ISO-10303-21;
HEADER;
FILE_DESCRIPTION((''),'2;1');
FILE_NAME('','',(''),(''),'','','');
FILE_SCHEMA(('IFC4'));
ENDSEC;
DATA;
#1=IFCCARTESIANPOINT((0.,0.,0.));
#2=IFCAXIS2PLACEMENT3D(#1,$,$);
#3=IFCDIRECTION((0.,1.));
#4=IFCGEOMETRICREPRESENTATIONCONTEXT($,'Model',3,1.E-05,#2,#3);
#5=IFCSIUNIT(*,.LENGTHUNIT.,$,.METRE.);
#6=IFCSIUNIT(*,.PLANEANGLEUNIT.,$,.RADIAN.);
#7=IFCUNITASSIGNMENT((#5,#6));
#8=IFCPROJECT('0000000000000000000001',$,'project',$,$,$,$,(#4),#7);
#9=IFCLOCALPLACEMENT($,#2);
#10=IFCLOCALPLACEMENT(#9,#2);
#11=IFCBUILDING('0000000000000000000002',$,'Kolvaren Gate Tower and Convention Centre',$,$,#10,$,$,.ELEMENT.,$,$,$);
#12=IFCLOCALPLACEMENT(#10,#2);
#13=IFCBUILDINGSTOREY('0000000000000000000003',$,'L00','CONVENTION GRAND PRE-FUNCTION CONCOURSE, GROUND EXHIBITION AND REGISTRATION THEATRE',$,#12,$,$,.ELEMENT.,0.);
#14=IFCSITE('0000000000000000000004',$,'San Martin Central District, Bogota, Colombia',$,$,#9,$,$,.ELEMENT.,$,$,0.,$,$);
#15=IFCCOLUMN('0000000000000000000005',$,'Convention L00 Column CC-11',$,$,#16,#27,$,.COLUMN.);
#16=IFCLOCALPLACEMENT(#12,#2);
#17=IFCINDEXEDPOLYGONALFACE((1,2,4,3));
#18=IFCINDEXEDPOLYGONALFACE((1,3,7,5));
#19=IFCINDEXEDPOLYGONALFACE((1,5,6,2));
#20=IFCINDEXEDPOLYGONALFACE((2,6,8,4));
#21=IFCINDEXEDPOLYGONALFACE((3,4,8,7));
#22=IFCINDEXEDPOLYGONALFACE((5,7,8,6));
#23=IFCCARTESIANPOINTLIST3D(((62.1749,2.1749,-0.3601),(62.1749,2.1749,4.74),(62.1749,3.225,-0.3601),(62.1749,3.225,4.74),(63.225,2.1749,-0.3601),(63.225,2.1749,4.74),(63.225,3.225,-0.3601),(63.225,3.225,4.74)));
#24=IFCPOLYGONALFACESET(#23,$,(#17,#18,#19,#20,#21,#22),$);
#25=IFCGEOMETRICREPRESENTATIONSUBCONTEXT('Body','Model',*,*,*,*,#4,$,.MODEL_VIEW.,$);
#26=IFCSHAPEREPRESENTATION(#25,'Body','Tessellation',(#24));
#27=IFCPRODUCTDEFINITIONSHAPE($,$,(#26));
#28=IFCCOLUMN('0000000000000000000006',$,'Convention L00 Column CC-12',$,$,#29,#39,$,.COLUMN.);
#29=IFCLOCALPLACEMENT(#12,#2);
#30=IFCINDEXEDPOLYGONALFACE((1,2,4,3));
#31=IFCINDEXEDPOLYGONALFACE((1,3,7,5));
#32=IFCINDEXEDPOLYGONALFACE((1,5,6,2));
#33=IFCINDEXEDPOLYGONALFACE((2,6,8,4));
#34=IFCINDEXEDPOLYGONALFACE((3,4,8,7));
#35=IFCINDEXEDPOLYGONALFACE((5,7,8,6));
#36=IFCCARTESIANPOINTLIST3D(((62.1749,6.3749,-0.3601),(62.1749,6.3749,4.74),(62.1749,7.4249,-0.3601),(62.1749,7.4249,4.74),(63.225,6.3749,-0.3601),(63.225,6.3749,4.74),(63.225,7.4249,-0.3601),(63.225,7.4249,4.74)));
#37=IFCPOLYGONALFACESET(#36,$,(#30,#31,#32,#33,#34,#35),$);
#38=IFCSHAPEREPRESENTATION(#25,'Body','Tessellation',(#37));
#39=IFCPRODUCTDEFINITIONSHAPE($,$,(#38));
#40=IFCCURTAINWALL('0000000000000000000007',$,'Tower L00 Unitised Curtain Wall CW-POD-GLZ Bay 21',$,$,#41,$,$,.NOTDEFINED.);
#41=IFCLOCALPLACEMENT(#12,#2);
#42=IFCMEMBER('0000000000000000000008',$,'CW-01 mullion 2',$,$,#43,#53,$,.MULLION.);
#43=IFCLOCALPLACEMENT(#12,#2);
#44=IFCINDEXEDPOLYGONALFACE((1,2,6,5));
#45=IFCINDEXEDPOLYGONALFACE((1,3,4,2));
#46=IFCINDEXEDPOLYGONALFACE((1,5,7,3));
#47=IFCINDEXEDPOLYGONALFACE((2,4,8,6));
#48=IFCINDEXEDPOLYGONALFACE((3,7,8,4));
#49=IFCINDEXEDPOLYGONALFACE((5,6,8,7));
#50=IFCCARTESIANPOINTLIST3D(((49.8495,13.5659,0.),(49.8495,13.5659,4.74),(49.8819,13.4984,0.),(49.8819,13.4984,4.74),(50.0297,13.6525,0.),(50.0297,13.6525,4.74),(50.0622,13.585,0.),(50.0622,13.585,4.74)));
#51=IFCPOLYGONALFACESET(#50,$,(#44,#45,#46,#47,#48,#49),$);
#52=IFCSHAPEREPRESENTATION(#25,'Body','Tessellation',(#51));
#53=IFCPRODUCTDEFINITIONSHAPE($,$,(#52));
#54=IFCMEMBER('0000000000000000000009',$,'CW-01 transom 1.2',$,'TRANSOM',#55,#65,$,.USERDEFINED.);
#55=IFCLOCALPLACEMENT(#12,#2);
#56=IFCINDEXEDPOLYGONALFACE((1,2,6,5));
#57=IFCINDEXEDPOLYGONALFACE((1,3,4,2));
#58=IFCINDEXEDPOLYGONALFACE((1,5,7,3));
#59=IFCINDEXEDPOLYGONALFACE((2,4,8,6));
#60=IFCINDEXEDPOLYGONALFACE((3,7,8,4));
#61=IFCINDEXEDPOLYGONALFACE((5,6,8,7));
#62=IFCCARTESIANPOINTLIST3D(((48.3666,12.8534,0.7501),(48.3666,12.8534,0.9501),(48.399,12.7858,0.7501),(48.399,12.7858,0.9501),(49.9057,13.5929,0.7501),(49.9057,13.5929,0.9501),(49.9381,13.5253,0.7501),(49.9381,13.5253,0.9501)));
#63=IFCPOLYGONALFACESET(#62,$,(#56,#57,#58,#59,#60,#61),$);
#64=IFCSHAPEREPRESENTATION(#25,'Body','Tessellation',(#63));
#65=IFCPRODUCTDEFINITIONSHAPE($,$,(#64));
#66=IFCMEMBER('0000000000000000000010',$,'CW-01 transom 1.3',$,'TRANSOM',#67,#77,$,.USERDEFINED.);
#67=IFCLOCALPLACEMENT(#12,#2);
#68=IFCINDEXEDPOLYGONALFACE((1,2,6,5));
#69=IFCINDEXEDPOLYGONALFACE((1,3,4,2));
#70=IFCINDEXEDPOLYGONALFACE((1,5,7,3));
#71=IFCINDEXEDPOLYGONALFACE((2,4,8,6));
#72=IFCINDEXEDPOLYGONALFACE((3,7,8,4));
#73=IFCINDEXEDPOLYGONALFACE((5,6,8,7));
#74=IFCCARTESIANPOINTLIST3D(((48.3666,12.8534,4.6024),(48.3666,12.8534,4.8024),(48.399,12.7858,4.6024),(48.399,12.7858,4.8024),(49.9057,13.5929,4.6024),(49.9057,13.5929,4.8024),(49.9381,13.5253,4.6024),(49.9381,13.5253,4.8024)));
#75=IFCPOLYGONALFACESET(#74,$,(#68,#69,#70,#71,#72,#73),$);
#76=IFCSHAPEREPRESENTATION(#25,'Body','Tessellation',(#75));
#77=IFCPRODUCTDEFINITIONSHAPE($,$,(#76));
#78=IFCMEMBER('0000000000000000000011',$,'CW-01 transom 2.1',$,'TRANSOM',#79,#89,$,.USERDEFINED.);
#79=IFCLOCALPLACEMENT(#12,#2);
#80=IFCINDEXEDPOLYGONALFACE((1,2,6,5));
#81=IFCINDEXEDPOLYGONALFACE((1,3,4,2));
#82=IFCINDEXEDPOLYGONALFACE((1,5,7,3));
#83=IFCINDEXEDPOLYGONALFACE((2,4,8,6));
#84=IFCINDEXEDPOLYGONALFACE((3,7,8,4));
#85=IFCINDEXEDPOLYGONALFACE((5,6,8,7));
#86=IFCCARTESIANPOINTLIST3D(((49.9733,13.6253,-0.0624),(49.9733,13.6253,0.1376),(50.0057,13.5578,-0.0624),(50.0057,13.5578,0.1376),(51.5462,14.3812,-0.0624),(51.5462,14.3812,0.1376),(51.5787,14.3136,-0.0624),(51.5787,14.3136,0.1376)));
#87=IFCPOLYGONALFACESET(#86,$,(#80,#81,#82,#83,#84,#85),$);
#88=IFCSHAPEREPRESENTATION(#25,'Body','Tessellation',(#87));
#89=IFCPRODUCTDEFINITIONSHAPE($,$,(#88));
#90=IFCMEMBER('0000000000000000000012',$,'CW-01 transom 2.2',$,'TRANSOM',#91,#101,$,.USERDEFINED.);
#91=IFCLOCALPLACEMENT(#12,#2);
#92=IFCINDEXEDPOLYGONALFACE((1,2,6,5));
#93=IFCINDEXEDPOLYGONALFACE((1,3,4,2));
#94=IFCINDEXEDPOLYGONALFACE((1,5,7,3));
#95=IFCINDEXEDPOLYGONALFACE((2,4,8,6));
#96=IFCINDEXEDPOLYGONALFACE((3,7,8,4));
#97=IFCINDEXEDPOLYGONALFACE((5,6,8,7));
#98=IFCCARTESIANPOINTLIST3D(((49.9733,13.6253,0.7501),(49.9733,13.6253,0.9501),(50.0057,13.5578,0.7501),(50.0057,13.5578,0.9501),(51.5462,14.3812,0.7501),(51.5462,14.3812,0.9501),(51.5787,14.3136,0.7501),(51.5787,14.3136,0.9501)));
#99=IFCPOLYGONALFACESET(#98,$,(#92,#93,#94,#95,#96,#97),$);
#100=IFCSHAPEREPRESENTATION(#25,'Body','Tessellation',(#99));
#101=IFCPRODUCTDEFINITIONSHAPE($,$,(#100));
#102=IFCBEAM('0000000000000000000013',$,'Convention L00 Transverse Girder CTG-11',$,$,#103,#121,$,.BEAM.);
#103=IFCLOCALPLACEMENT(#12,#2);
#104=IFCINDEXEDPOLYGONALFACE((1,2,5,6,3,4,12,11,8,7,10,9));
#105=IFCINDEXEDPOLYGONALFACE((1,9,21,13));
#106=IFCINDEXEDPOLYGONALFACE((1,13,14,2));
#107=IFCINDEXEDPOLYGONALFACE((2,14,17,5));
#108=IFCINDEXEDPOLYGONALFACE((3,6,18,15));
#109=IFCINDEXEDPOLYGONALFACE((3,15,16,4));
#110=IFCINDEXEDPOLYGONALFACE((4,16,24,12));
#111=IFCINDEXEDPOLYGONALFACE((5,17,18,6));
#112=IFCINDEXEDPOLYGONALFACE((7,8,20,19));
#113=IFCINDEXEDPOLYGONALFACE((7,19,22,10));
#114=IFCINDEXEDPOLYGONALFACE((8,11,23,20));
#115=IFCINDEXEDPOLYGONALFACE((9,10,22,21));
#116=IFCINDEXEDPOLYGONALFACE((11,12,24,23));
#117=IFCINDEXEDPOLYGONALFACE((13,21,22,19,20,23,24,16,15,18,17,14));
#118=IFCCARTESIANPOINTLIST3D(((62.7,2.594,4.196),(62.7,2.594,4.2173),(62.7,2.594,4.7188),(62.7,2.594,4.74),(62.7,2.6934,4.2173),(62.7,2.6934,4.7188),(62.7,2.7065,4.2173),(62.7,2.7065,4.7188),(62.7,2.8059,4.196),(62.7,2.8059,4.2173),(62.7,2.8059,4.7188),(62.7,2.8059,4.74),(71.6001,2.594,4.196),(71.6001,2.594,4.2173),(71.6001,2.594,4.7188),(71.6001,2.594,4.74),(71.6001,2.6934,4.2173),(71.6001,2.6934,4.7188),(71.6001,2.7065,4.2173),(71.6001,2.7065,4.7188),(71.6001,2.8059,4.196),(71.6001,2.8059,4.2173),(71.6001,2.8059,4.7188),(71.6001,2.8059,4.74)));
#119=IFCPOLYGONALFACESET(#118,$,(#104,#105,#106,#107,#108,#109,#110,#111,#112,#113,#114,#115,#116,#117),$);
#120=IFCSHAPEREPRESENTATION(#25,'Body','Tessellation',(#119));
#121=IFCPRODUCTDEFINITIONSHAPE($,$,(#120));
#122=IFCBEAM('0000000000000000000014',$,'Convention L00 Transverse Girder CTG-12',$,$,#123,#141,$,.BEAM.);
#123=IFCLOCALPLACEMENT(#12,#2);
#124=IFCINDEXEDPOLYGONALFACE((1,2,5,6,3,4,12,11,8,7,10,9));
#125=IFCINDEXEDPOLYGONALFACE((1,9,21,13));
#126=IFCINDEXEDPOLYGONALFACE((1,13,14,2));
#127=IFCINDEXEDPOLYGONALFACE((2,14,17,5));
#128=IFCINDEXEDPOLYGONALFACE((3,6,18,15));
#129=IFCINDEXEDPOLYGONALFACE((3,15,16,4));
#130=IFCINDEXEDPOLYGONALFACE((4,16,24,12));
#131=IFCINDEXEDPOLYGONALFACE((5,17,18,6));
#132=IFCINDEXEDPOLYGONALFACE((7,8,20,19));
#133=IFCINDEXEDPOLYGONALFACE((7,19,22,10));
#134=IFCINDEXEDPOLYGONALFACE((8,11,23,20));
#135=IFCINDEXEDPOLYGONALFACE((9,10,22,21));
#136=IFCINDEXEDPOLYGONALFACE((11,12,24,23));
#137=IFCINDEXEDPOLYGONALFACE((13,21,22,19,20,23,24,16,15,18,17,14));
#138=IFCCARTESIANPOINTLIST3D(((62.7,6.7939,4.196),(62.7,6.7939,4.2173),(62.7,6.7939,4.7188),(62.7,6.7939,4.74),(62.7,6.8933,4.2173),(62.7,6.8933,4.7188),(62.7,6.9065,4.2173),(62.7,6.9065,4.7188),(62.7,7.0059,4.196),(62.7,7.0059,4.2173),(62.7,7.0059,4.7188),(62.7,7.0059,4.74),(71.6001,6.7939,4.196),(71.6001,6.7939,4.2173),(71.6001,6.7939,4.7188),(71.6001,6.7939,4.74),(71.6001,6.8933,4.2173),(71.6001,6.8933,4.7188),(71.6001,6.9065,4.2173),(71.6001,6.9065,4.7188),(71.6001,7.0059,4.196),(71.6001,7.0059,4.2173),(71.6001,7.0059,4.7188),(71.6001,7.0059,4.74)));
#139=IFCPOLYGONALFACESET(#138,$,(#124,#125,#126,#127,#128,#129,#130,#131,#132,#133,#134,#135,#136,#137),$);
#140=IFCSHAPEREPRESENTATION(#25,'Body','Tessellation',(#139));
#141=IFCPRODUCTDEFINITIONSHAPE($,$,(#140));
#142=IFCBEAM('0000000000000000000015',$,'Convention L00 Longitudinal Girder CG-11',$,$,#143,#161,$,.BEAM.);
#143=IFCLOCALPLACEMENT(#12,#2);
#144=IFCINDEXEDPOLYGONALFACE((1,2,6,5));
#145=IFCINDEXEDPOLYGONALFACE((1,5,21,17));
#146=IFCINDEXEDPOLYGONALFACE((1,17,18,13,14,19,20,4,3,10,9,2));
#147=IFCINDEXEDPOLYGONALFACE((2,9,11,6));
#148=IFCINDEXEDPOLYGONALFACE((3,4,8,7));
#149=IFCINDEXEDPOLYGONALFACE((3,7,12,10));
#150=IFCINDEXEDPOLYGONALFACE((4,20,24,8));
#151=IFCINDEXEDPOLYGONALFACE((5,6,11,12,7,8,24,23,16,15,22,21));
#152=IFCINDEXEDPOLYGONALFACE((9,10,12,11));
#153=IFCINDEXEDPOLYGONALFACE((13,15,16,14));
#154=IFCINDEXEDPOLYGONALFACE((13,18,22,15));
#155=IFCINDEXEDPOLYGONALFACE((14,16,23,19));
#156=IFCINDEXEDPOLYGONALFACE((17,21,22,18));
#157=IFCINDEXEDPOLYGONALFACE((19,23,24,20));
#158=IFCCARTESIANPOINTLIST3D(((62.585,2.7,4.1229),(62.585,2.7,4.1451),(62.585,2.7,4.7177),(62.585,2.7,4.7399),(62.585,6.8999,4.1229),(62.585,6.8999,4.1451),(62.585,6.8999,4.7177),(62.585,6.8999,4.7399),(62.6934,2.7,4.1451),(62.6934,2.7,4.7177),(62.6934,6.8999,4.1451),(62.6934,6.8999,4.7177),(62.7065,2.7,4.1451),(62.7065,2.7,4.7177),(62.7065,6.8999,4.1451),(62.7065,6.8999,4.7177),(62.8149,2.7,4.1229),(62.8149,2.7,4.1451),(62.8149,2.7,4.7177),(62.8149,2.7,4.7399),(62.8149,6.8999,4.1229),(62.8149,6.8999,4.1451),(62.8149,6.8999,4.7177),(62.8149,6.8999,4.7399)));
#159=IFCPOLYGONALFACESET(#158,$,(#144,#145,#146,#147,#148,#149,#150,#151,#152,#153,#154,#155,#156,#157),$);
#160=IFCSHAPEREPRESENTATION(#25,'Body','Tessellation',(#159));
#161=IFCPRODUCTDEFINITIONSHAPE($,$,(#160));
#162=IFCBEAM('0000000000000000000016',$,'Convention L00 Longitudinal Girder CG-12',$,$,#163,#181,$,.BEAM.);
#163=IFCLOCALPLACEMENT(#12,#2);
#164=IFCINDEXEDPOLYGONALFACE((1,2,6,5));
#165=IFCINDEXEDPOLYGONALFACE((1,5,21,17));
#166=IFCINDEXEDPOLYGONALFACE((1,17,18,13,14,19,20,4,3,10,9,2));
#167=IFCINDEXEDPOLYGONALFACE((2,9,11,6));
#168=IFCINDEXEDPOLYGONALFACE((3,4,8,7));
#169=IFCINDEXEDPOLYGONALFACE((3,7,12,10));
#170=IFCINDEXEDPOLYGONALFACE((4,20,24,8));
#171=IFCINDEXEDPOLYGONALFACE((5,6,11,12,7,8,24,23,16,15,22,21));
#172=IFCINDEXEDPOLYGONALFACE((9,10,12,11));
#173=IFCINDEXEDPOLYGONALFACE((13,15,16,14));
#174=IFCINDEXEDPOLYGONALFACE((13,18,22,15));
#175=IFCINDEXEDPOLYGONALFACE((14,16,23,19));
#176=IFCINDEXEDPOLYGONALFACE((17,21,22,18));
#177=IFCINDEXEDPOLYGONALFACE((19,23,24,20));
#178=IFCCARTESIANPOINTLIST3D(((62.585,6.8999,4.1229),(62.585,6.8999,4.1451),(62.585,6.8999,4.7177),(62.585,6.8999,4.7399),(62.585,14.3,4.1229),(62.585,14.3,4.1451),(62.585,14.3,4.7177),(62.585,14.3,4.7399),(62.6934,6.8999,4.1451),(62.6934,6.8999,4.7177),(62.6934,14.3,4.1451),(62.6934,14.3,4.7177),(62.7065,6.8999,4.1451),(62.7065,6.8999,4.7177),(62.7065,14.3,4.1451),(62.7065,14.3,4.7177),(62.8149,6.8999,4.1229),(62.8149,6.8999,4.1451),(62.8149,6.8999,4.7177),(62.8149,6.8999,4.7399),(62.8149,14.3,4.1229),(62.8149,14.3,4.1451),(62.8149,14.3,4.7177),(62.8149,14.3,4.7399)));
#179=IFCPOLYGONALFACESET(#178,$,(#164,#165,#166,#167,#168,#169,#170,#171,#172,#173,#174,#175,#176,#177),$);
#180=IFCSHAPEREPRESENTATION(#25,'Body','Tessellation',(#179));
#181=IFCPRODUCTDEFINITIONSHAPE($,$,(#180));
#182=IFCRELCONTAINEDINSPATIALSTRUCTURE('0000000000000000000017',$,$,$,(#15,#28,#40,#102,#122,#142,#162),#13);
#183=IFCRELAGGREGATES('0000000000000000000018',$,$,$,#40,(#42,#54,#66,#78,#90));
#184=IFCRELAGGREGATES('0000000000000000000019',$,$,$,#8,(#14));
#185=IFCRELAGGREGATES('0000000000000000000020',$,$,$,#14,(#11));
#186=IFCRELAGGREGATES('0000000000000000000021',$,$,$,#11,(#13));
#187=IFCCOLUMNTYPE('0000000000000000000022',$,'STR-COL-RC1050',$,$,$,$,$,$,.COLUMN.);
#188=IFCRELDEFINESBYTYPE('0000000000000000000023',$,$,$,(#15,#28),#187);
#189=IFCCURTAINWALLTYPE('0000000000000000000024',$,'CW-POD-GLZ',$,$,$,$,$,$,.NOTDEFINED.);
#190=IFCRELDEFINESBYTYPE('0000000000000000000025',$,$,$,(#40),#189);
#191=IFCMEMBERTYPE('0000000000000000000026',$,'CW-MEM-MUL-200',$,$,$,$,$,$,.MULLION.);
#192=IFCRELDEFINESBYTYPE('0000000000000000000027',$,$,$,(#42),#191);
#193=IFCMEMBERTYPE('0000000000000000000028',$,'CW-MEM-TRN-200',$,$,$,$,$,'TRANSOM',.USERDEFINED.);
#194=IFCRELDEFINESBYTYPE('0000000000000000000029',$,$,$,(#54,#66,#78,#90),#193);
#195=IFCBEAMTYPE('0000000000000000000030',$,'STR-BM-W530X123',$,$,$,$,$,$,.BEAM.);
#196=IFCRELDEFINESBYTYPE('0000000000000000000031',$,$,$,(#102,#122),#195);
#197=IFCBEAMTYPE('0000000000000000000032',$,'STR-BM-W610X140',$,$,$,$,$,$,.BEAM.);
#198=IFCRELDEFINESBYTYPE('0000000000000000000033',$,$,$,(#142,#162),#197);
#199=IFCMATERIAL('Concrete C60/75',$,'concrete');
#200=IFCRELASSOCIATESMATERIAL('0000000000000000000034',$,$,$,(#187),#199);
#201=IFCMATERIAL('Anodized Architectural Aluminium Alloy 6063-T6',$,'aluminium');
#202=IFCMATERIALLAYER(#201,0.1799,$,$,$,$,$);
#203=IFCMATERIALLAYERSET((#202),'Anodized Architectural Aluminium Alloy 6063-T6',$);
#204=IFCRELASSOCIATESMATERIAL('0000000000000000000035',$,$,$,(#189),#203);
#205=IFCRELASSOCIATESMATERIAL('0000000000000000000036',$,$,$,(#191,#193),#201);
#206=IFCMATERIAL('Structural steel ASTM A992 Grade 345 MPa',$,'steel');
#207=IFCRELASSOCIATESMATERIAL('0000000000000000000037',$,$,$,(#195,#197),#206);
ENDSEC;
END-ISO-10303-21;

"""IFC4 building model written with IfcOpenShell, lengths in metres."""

from ifc_helpers import new_model, si_unit, direction, frame, origin, origin_2d, place, context, subcontext, project, spatial, rectangle, i_section, extrude, material, layer, layer_set, material_profile, profile_set, type_object, element, aggregate, save


model = new_model("IFC4")

# Units and contexts
model_context = context("Model", 3, precision=1e-05, world=origin(), true_north=direction((0.0, 1.0)))
body_context = subcontext(model_context, "Body", "Model", "MODEL_VIEW")
ifc_project = project(units=[si_unit("LENGTHUNIT", "METRE"), si_unit("PLANEANGLEUNIT", "RADIAN")], contexts=[model_context])

# Site, building, storey
site_placement = place(None, origin())
site = spatial("IfcSite", under=ifc_project, at=site_placement, Name="San Martin Central District, Bogota, Colombia", CompositionType="ELEMENT", RefElevation=0.0)
building_placement = place(site_placement, origin())
building = spatial("IfcBuilding", under=site, at=building_placement, Name="Kolvaren Gate Tower and Convention Centre", CompositionType="ELEMENT")
storey_placement = place(building_placement, origin())
storey = spatial("IfcBuildingStorey", under=building, at=storey_placement, Name="L00", Description="CONVENTION GRAND PRE-FUNCTION CONCOURSE, GROUND EXHIBITION AND REGISTRATION THEATRE", CompositionType="ELEMENT", Elevation=0.0)

# Columns
ifc_material_1 = material(Name="Concrete C60/75", Category="concrete")
ifc_material_profile_1 = material_profile(ifc_material_1, rectangle(XDim=1.05, YDim=1.05, at=origin_2d()), Name="RC-COL-1050X1050")
ifc_profile_set_1 = profile_set([ifc_material_profile_1], Name="Concrete C60/75")
column_type = type_object("IfcColumnType", Name="STR-COL-RC1050", PredefinedType="COLUMN", material=ifc_profile_set_1)
for number, where, z_axis, x_axis, name in (
    (1, (62.7, 2.7, -0.3601), (0.0, 0.0, 1.0), (1.0, 0.0, 0.0), "Convention L00 Column CC-11"),
    (2, (62.7, 6.8999, -0.3601), (0.0, 0.0, 1.0), (1.0, 0.0, 0.0), "Convention L00 Column CC-12"),
):
    element("IfcColumn", number, at=place(storey_placement, frame(where, z_axis=z_axis, x_axis=x_axis)), inside=storey, type_object=column_type, Name=name, PredefinedType="COLUMN", context=body_context, shape_type="SweptSolid", body=[
        extrude(rectangle(XDim=1.05, YDim=1.05, at=origin_2d()), origin(), (0.0, 0.0, 1.0), 5.1001),
    ])

# Curtain wall, members
ifc_material_2 = material(Name="Anodized Architectural Aluminium Alloy 6063-T6", Category="aluminium")
ifc_layer_1 = layer(ifc_material_2, 0.1799)
ifc_layer_set_1 = layer_set([ifc_layer_1], Name="Anodized Architectural Aluminium Alloy 6063-T6")
curtain_wall_type = type_object("IfcCurtainWallType", Name="CW-POD-GLZ", PredefinedType="NOTDEFINED", material=ifc_layer_set_1)
curtain_wall_placement = place(storey_placement, origin())
curtain_wall = element("IfcCurtainWall", 3, at=curtain_wall_placement, inside=storey, type_object=curtain_wall_type, Name="Tower L00 Unitised Curtain Wall CW-POD-GLZ Bay 21", PredefinedType="NOTDEFINED")
ifc_material_profile_2 = material_profile(ifc_material_2, rectangle(XDim=0.075, YDim=0.2, at=origin_2d()), Name="CW-MEM-MUL-200")
ifc_profile_set_2 = profile_set([ifc_material_profile_2], Name="Anodized Architectural Aluminium Alloy 6063-T6")
member_type_1 = type_object("IfcMemberType", Name="CW-MEM-MUL-200", PredefinedType="MULLION", material=ifc_profile_set_2)
member_1_placement = place(storey_placement, frame((49.9558, 13.5754, 0.0), z_axis=(0.0, 0.0, 1.0), x_axis=(-0.433063, 0.901364, 0.0)))
member_1 = element("IfcMember", 4, at=member_1_placement, type_object=member_type_1, Name="CW-01 mullion 2", PredefinedType="MULLION", context=body_context, shape_type="SweptSolid", body=[
    extrude(rectangle(XDim=0.075, YDim=0.2, at=origin_2d()), origin(), (0.0, 0.0, 1.0), 4.74),
])
ifc_material_profile_3 = material_profile(ifc_material_2, rectangle(XDim=0.075, YDim=0.2, at=origin_2d()), Name="CW-MEM-TRN-200")
ifc_profile_set_3 = profile_set([ifc_material_profile_3], Name="Anodized Architectural Aluminium Alloy 6063-T6")
member_type_2 = type_object("IfcMemberType", Name="CW-MEM-TRN-200", ElementType="TRANSOM", PredefinedType="USERDEFINED", material=ifc_profile_set_3)
member_2_placement = place(storey_placement, frame((48.3828, 12.8196, 0.8501), z_axis=(0.901351, 0.433089, 0.0), x_axis=(-0.433089, 0.901351, 0.0)))
member_2 = element("IfcMember", 5, at=member_2_placement, type_object=member_type_2, Name="CW-01 transom 1.2", ObjectType="TRANSOM", PredefinedType="USERDEFINED", context=body_context, shape_type="SweptSolid", body=[
    extrude(rectangle(XDim=0.075, YDim=0.2, at=origin_2d()), origin(), (0.0, 0.0, 1.0), 1.7075),
])
member_3_placement = place(storey_placement, frame((48.3828, 12.8196, 4.7024), z_axis=(0.901351, 0.433089, 0.0), x_axis=(-0.433089, 0.901351, 0.0)))
member_3 = element("IfcMember", 6, at=member_3_placement, type_object=member_type_2, Name="CW-01 transom 1.3", ObjectType="TRANSOM", PredefinedType="USERDEFINED", context=body_context, shape_type="SweptSolid", body=[
    extrude(rectangle(XDim=0.075, YDim=0.2, at=origin_2d()), origin(), (0.0, 0.0, 1.0), 1.7075),
])
member_4_placement = place(storey_placement, frame((49.9895, 13.5916, 0.0376), z_axis=(0.90134, 0.433113, 0.0), x_axis=(-0.433113, 0.90134, 0.0)))
member_4 = element("IfcMember", 7, at=member_4_placement, type_object=member_type_2, Name="CW-01 transom 2.1", ObjectType="TRANSOM", PredefinedType="USERDEFINED", context=body_context, shape_type="SweptSolid", body=[
    extrude(rectangle(XDim=0.075, YDim=0.2, at=origin_2d()), origin(), (0.0, 0.0, 1.0), 1.7451),
])
member_5_placement = place(storey_placement, frame((49.9895, 13.5916, 0.8501), z_axis=(0.90134, 0.433113, 0.0), x_axis=(-0.433113, 0.90134, 0.0)))
member_5 = element("IfcMember", 8, at=member_5_placement, type_object=member_type_2, Name="CW-01 transom 2.2", ObjectType="TRANSOM", PredefinedType="USERDEFINED", context=body_context, shape_type="SweptSolid", body=[
    extrude(rectangle(XDim=0.075, YDim=0.2, at=origin_2d()), origin(), (0.0, 0.0, 1.0), 1.7451),
])

# Beams
ifc_material_3 = material(Name="Structural steel ASTM A992 Grade 345 MPa", Category="steel")
ifc_material_profile_4 = material_profile(ifc_material_3, i_section(OverallWidth=0.2119, OverallDepth=0.5439, WebThickness=0.0132, FlangeThickness=0.0212, at=origin_2d()), Name="W530X123")
ifc_profile_set_4 = profile_set([ifc_material_profile_4], Name="Structural steel ASTM A992 Grade 345 MPa")
beam_type_1 = type_object("IfcBeamType", Name="STR-BM-W530X123", PredefinedType="BEAM", material=ifc_profile_set_4)
for number, where, z_axis, x_axis, name in (
    (9, (62.7, 2.7, 4.468), (1.0, 0.0, 0.0), (0.0, 1.0, 0.0), "Convention L00 Transverse Girder CTG-11"),
    (10, (62.7, 6.8999, 4.468), (1.0, 0.0, 0.0), (0.0, 1.0, 0.0), "Convention L00 Transverse Girder CTG-12"),
):
    element("IfcBeam", number, at=place(storey_placement, frame(where, z_axis=z_axis, x_axis=x_axis)), inside=storey, type_object=beam_type_1, Name=name, PredefinedType="BEAM", context=body_context, shape_type="SweptSolid", body=[
        extrude(i_section(OverallWidth=0.2119, OverallDepth=0.5439, WebThickness=0.0132, FlangeThickness=0.0212, at=origin_2d()), origin(), (0.0, 0.0, 1.0), 8.9001),
    ])
ifc_material_profile_5 = material_profile(ifc_material_3, i_section(OverallWidth=0.23, OverallDepth=0.6169, WebThickness=0.0132, FlangeThickness=0.0222, at=origin_2d()), Name="W610X140")
ifc_profile_set_5 = profile_set([ifc_material_profile_5], Name="Structural steel ASTM A992 Grade 345 MPa")
beam_type_2 = type_object("IfcBeamType", Name="STR-BM-W610X140", PredefinedType="BEAM", material=ifc_profile_set_5)
beam_1_placement = place(storey_placement, frame((62.7, 2.7, 4.4314), z_axis=(0.0, 1.0, 0.0), x_axis=(-1.0, 0.0, 0.0)))
element("IfcBeam", 11, at=beam_1_placement, inside=storey, type_object=beam_type_2, Name="Convention L00 Longitudinal Girder CG-11", PredefinedType="BEAM", context=body_context, shape_type="SweptSolid", body=[
    extrude(i_section(OverallWidth=0.23, OverallDepth=0.6169, WebThickness=0.0132, FlangeThickness=0.0222, at=origin_2d()), origin(), (0.0, 0.0, 1.0), 4.2),
])
beam_2_placement = place(storey_placement, frame((62.7, 6.8999, 4.4314), z_axis=(0.0, 1.0, 0.0), x_axis=(-1.0, 0.0, 0.0)))
element("IfcBeam", 12, at=beam_2_placement, inside=storey, type_object=beam_type_2, Name="Convention L00 Longitudinal Girder CG-12", PredefinedType="BEAM", context=body_context, shape_type="SweptSolid", body=[
    extrude(i_section(OverallWidth=0.23, OverallDepth=0.6169, WebThickness=0.0132, FlangeThickness=0.0222, at=origin_2d()), origin(), (0.0, 0.0, 1.0), 7.4001),
])

aggregate(curtain_wall, [member_1, member_2, member_3, member_4, member_5])

save(model, "model.ifc")
